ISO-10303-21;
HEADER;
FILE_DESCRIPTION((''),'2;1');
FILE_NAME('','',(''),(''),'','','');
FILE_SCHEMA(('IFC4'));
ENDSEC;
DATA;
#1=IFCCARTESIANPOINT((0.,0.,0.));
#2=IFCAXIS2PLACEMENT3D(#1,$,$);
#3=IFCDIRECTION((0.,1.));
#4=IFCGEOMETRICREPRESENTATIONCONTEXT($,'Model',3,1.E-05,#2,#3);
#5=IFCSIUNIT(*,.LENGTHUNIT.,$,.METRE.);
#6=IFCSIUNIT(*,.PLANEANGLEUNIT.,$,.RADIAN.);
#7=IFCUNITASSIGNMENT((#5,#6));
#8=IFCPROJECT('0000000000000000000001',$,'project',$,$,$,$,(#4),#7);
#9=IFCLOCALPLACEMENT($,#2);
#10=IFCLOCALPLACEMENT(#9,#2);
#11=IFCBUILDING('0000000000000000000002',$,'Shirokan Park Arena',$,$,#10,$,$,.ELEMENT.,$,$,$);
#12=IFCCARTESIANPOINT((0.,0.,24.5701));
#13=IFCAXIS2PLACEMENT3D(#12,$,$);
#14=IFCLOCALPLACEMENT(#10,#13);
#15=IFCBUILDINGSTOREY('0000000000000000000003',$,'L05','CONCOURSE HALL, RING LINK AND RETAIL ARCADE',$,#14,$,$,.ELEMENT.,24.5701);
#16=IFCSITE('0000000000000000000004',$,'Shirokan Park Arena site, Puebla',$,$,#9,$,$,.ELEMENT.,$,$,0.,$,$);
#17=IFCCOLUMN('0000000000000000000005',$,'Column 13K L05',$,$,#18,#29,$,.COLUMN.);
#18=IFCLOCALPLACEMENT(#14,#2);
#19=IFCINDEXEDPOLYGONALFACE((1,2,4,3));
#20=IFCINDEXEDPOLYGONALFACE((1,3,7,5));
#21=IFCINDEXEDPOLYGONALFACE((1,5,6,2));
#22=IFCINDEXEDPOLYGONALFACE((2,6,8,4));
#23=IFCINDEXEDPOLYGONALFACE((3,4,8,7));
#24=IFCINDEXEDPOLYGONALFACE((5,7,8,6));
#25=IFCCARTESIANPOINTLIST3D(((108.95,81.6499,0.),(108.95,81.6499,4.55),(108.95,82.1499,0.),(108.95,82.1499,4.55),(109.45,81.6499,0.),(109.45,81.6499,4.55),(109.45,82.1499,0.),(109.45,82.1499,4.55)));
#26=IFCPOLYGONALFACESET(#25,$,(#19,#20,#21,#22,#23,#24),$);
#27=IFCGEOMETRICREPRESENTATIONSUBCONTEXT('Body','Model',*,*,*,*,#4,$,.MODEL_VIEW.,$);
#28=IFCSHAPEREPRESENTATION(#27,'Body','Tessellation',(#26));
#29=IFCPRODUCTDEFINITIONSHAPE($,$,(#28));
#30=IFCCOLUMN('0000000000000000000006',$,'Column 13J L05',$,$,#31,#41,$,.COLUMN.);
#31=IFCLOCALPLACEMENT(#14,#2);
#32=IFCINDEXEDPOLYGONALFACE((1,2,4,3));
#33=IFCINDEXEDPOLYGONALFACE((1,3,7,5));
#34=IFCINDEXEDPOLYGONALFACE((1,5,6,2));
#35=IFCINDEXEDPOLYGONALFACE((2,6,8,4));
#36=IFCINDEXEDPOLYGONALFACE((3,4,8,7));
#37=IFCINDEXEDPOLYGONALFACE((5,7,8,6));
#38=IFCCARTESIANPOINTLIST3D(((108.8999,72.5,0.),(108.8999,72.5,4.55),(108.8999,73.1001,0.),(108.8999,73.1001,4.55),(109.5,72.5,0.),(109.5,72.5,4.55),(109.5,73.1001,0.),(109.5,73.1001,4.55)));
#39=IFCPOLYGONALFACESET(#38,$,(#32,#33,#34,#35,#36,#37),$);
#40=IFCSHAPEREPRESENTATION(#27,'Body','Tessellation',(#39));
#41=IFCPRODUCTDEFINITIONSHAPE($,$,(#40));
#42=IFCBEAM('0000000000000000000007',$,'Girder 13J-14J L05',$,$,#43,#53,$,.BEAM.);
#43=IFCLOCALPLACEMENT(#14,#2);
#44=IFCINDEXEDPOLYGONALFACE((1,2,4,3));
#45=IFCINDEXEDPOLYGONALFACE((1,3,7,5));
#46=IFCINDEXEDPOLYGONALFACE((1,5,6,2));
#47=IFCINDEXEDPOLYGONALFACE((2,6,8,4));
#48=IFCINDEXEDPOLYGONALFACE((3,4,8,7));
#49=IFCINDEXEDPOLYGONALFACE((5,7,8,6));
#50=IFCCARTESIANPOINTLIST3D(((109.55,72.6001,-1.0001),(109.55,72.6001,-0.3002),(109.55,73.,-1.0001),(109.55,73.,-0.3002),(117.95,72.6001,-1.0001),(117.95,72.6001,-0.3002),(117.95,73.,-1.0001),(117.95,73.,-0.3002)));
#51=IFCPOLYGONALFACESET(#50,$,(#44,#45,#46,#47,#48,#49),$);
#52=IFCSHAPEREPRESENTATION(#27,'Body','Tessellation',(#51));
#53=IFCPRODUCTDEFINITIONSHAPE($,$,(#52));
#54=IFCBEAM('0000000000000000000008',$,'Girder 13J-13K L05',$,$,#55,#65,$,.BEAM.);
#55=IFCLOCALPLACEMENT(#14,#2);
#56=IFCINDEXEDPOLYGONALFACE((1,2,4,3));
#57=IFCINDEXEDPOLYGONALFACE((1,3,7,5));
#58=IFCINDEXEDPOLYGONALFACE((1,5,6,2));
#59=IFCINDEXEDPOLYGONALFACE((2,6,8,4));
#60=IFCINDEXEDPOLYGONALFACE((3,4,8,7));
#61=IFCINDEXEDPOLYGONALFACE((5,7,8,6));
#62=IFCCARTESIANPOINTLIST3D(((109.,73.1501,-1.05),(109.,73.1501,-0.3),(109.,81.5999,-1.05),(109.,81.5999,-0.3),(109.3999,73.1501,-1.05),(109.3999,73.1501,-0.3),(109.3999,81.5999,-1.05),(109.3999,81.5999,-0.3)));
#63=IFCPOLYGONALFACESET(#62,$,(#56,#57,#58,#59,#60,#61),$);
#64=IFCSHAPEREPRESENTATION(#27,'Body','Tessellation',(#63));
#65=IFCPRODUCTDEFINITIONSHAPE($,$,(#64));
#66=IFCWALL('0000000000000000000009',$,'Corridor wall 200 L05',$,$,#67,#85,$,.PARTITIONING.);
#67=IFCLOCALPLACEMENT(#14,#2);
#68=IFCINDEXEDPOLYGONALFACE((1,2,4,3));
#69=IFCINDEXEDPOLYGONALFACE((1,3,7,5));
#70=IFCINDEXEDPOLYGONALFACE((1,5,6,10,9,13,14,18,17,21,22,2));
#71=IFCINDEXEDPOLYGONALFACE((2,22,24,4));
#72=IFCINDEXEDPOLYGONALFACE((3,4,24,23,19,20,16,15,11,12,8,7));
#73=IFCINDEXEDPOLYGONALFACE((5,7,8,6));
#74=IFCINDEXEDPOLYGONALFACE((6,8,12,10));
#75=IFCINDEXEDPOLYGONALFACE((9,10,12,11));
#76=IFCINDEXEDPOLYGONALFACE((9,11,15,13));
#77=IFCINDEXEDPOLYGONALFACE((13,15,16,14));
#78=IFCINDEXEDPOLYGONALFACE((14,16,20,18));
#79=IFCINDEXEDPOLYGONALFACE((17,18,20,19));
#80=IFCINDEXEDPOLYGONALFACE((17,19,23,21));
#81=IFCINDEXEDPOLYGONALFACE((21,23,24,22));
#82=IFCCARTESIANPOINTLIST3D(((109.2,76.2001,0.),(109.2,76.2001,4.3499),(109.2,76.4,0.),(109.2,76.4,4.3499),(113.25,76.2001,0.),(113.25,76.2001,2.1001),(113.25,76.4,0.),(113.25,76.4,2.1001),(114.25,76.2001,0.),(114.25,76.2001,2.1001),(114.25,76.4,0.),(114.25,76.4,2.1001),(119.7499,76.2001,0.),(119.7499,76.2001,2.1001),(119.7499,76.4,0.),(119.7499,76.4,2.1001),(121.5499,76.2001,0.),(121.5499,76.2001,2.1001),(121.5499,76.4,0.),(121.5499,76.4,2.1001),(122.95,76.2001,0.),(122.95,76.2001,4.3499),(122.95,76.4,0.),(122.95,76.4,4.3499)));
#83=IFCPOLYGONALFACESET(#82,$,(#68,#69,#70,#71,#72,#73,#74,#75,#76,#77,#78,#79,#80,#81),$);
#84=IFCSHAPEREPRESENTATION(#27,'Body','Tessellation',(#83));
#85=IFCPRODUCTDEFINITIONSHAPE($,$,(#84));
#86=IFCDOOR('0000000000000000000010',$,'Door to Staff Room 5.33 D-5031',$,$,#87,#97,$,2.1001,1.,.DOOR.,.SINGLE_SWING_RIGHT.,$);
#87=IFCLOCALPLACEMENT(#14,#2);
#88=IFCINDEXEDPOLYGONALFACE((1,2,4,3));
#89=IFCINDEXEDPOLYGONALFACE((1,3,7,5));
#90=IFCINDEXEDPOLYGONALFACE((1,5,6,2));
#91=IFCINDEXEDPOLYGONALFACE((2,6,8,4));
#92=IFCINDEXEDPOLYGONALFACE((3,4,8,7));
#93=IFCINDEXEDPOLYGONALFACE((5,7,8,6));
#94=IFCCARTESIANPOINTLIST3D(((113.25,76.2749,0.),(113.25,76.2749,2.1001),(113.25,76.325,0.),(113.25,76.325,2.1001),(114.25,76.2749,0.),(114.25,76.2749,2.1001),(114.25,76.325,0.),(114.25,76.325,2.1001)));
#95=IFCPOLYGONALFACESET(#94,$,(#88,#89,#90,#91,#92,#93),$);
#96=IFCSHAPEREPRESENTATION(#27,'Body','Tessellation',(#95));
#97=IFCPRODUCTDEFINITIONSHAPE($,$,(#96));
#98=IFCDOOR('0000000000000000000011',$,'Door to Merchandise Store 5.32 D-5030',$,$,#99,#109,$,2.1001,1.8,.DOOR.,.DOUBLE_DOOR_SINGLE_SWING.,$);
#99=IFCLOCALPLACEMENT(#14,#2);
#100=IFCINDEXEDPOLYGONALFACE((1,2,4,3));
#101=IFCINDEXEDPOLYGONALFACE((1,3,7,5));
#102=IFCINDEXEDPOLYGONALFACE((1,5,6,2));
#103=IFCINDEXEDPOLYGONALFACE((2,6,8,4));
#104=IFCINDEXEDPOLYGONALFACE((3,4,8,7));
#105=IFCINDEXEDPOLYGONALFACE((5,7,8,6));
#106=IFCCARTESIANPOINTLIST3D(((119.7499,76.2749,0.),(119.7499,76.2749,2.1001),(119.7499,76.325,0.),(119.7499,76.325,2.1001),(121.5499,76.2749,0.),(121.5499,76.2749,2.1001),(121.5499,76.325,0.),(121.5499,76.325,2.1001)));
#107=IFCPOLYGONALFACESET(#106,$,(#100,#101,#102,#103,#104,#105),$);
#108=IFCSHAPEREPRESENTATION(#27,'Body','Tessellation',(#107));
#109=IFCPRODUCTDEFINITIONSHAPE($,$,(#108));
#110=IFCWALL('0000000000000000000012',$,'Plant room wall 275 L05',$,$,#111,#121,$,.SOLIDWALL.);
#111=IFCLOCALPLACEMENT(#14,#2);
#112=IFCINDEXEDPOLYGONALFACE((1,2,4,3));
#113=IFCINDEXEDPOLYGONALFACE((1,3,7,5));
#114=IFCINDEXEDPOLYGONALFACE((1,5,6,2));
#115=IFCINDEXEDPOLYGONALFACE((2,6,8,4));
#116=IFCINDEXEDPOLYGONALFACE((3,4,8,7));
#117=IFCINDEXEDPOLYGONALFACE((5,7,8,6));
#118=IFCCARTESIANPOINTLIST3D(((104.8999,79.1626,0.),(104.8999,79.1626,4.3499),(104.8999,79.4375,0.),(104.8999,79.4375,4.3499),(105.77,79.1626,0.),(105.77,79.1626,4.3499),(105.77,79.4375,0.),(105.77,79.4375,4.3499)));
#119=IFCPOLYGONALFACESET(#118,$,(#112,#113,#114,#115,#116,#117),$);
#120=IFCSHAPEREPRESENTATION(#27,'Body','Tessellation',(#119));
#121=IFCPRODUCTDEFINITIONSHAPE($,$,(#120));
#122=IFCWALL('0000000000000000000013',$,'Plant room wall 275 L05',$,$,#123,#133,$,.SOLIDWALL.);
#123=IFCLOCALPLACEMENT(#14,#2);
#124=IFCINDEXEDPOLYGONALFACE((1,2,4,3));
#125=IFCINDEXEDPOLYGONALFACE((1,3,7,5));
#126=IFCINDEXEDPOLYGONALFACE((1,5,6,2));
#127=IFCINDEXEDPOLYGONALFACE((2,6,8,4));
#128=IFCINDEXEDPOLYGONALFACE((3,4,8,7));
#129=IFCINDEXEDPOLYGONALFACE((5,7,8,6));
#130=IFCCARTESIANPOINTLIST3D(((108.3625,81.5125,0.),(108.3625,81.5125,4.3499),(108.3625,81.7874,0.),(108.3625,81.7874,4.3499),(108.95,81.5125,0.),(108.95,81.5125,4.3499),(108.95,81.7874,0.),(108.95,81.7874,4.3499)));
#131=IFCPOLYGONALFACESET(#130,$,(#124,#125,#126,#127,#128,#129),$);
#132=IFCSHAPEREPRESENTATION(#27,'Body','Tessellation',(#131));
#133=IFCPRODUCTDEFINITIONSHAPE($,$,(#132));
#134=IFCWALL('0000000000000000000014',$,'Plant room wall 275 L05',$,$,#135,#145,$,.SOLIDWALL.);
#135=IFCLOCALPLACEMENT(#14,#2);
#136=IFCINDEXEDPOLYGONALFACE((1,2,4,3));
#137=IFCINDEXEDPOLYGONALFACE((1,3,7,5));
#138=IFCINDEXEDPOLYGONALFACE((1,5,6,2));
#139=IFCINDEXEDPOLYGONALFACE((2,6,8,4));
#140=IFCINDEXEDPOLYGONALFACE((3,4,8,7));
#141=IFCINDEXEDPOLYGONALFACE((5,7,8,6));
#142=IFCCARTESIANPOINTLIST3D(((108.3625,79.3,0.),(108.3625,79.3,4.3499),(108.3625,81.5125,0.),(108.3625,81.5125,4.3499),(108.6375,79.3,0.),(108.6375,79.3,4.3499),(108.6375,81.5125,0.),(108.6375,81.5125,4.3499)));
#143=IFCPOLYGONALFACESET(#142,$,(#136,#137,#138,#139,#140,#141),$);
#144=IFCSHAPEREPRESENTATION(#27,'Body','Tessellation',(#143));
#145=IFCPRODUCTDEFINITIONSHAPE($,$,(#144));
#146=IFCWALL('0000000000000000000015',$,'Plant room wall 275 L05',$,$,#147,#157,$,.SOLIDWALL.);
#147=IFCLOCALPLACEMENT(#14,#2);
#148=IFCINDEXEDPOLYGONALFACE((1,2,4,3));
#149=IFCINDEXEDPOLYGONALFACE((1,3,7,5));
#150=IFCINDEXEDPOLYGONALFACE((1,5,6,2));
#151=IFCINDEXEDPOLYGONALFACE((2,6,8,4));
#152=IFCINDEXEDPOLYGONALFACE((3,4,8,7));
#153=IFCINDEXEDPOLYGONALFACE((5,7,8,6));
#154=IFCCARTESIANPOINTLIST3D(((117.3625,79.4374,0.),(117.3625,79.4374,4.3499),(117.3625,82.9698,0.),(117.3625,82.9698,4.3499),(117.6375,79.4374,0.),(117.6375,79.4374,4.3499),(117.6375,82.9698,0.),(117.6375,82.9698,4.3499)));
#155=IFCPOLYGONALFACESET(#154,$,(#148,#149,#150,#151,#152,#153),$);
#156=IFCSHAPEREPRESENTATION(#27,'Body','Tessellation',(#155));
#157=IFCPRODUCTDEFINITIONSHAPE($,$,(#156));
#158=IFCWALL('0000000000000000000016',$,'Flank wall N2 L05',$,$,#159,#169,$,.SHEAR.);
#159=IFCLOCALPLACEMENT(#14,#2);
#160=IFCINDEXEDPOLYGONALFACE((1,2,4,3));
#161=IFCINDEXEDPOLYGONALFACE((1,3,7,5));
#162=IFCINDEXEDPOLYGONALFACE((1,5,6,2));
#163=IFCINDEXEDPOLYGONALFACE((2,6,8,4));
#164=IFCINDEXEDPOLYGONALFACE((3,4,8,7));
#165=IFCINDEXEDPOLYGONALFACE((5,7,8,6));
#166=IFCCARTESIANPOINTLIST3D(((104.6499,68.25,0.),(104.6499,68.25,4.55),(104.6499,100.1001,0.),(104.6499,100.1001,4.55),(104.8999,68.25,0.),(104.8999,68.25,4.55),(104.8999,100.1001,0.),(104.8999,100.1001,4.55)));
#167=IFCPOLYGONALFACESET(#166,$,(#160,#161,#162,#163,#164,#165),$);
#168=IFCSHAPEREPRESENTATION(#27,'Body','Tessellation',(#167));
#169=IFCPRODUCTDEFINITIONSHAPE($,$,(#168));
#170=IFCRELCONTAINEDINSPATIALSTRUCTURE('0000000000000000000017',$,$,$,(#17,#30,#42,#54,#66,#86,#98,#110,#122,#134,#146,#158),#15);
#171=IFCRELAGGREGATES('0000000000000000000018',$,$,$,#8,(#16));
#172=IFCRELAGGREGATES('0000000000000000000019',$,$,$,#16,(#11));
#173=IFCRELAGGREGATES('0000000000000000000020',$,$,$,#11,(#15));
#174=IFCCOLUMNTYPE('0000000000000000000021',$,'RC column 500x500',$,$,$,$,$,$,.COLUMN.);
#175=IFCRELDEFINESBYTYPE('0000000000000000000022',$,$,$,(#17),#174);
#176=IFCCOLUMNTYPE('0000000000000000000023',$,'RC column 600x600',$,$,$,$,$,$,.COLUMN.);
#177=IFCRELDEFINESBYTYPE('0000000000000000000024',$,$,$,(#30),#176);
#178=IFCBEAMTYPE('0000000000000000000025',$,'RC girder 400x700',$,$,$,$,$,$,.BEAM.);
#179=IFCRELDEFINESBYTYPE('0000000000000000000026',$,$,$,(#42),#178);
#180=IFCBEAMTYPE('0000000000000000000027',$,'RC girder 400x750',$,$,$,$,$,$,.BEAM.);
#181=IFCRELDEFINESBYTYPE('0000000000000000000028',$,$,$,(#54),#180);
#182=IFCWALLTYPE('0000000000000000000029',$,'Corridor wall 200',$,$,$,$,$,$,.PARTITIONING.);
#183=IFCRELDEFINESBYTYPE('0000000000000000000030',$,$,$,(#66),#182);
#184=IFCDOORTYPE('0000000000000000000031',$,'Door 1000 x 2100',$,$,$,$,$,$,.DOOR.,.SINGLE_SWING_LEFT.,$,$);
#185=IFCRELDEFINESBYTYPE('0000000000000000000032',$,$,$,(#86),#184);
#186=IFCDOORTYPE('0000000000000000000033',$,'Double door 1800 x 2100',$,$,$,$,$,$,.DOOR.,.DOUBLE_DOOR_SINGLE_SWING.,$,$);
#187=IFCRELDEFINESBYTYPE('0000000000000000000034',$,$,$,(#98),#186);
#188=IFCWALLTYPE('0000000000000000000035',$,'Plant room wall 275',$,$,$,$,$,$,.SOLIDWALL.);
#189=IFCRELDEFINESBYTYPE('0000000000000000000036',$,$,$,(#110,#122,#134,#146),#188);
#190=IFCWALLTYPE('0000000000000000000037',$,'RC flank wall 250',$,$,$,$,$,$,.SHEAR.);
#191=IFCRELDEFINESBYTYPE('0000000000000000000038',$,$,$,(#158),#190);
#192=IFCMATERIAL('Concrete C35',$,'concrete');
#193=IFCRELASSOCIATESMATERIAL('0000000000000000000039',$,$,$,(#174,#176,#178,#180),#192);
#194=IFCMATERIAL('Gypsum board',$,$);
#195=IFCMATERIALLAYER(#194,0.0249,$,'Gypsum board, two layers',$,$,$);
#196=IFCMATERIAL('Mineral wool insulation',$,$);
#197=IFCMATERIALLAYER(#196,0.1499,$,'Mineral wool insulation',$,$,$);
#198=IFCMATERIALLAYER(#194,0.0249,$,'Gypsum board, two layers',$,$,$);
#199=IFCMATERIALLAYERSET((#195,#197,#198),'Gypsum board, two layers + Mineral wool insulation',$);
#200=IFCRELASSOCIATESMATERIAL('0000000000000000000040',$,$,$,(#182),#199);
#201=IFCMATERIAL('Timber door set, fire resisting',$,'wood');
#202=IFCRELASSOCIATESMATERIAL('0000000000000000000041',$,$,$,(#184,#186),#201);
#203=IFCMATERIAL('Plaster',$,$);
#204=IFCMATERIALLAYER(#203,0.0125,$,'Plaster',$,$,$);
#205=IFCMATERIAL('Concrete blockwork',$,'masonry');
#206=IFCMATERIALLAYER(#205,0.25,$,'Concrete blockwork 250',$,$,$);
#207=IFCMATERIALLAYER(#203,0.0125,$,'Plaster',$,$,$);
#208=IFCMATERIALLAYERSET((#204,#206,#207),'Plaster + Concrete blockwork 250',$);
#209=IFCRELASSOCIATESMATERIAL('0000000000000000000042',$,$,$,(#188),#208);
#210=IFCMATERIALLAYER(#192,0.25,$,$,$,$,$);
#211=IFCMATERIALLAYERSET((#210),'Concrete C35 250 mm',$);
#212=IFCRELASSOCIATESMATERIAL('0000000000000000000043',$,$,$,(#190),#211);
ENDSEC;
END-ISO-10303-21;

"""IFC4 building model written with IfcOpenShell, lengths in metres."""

from ifc_helpers import new_model, si_unit, direction, frame, frame_2d, origin, origin_2d, place, context, subcontext, project, spatial, rectangle, extrude, material, layer, layer_set, material_profile, profile_set, type_object, element, fill, save


model = new_model("IFC4")

# Units and contexts
model_context = context("Model", 3, precision=1e-05, world=origin(), true_north=direction((0.0, 1.0)))
body_context = subcontext(model_context, "Body", "Model", "MODEL_VIEW")
ifc_project = project(units=[si_unit("LENGTHUNIT", "METRE"), si_unit("PLANEANGLEUNIT", "RADIAN")], contexts=[model_context])

# Site, building, storey
site_placement = place(None, origin())
site = spatial("IfcSite", under=ifc_project, at=site_placement, Name="Shirokan Park Arena site, Puebla", CompositionType="ELEMENT", RefElevation=0.0)
building_placement = place(site_placement, origin())
building = spatial("IfcBuilding", under=site, at=building_placement, Name="Shirokan Park Arena", CompositionType="ELEMENT")
storey_placement = place(building_placement, frame((0.0, 0.0, 24.5701)))
storey = spatial("IfcBuildingStorey", under=building, at=storey_placement, Name="L05", Description="CONCOURSE HALL, RING LINK AND RETAIL ARCADE", CompositionType="ELEMENT", Elevation=24.5701)

# Columns
ifc_material_1 = material(Name="Concrete C35", Category="concrete")
ifc_material_profile_1 = material_profile(ifc_material_1, rectangle(XDim=0.5, YDim=0.5, at=origin_2d()), Name="500x500")
ifc_profile_set_1 = profile_set([ifc_material_profile_1], Name="Concrete C35")
column_type_1 = type_object("IfcColumnType", Name="RC column 500x500", PredefinedType="COLUMN", material=ifc_profile_set_1)
column_1_placement = place(storey_placement, frame((109.2, 81.8999, 0.0), z_axis=(0.0, 0.0, 1.0), x_axis=(1.0, 0.0, 0.0)))
element("IfcColumn", 1, at=column_1_placement, inside=storey, type_object=column_type_1, Name="Column 13K L05", PredefinedType="COLUMN", context=body_context, shape_type="SweptSolid", body=[
    extrude(rectangle(XDim=0.5, YDim=0.5, at=origin_2d()), origin(), (0.0, 0.0, 1.0), 4.55),
])
ifc_material_profile_2 = material_profile(ifc_material_1, rectangle(XDim=0.6001, YDim=0.6001, at=origin_2d()), Name="600x600")
ifc_profile_set_2 = profile_set([ifc_material_profile_2], Name="Concrete C35")
column_type_2 = type_object("IfcColumnType", Name="RC column 600x600", PredefinedType="COLUMN", material=ifc_profile_set_2)
column_2_placement = place(storey_placement, frame((109.2, 72.8, 0.0), z_axis=(0.0, 0.0, 1.0), x_axis=(1.0, 0.0, 0.0)))
element("IfcColumn", 2, at=column_2_placement, inside=storey, type_object=column_type_2, Name="Column 13J L05", PredefinedType="COLUMN", context=body_context, shape_type="SweptSolid", body=[
    extrude(rectangle(XDim=0.6001, YDim=0.6001, at=origin_2d()), origin(), (0.0, 0.0, 1.0), 4.55),
])

# Beams
ifc_material_profile_3 = material_profile(ifc_material_1, rectangle(XDim=0.3999, YDim=0.7, at=origin_2d()), Name="400x700")
ifc_profile_set_3 = profile_set([ifc_material_profile_3], Name="Concrete C35")
beam_type_1 = type_object("IfcBeamType", Name="RC girder 400x700", PredefinedType="BEAM", material=ifc_profile_set_3)
beam_1_placement = place(storey_placement, frame((109.55, 72.8, -0.6501), z_axis=(1.0, 0.0, 0.0), x_axis=(0.0, 1.0, 0.0)))
element("IfcBeam", 3, at=beam_1_placement, inside=storey, type_object=beam_type_1, Name="Girder 13J-14J L05", PredefinedType="BEAM", context=body_context, shape_type="SweptSolid", body=[
    extrude(rectangle(XDim=0.3999, YDim=0.7, at=origin_2d()), origin(), (0.0, 0.0, 1.0), 8.3999),
])
ifc_material_profile_4 = material_profile(ifc_material_1, rectangle(XDim=0.3999, YDim=0.75, at=origin_2d()), Name="400x750")
ifc_profile_set_4 = profile_set([ifc_material_profile_4], Name="Concrete C35")
beam_type_2 = type_object("IfcBeamType", Name="RC girder 400x750", PredefinedType="BEAM", material=ifc_profile_set_4)
beam_2_placement = place(storey_placement, frame((109.2, 73.1501, -0.675), z_axis=(0.0, 1.0, 0.0), x_axis=(-1.0, 0.0, 0.0)))
element("IfcBeam", 4, at=beam_2_placement, inside=storey, type_object=beam_type_2, Name="Girder 13J-13K L05", PredefinedType="BEAM", context=body_context, shape_type="SweptSolid", body=[
    extrude(rectangle(XDim=0.3999, YDim=0.75, at=origin_2d()), origin(), (0.0, 0.0, 1.0), 8.4497),
])

# Wall, openings, doors
ifc_material_2 = material(Name="Gypsum board")
ifc_layer_1 = layer(ifc_material_2, 0.0249, Name="Gypsum board, two layers")
ifc_material_3 = material(Name="Mineral wool insulation")
ifc_layer_2 = layer(ifc_material_3, 0.1499, Name="Mineral wool insulation")
ifc_layer_3 = layer(ifc_material_2, 0.0249, Name="Gypsum board, two layers")
ifc_layer_set_1 = layer_set([ifc_layer_1, ifc_layer_2, ifc_layer_3], Name="Gypsum board, two layers + Mineral wool insulation")
wall_type_1 = type_object("IfcWallType", Name="Corridor wall 200", PredefinedType="PARTITIONING", material=ifc_layer_set_1)
wall_1_placement = place(storey_placement, frame((109.2, 76.3, 0.0), z_axis=(0.0, 0.0, 1.0), x_axis=(1.0, 0.0, 0.0)))
wall_1 = element("IfcWall", 5, at=wall_1_placement, inside=storey, type_object=wall_type_1, Name="Corridor wall 200 L05", PredefinedType="PARTITIONING", context=body_context, shape_type="SweptSolid", body=[
    extrude(rectangle(XDim=13.75, YDim=0.2, at=frame_2d((6.875, 0.0))), origin(), (0.0, 0.0, 1.0), 4.3499),
])
opening_1_placement = place(wall_1_placement, frame((10.55, 0.0, 0.0)))
opening_1 = element("IfcOpeningElement", 6, at=opening_1_placement, cuts=wall_1, PredefinedType="OPENING", context=body_context, shape_type="SweptSolid", body=[
    extrude(rectangle(XDim=1.8, YDim=2.1001, at=frame_2d((0.8999, 1.05))), frame((0.0, 0.1099, 0.0), z_axis=(0.0, -1.0, 0.0), x_axis=(1.0, 0.0, 0.0)), (0.0, 0.0, 1.0), 0.22),
])
opening_2_placement = place(wall_1_placement, frame((4.05, 0.0, 0.0)))
opening_2 = element("IfcOpeningElement", 7, at=opening_2_placement, cuts=wall_1, PredefinedType="OPENING", context=body_context, shape_type="SweptSolid", body=[
    extrude(rectangle(XDim=1.0, YDim=2.1001, at=frame_2d((0.5, 1.05))), frame((0.0, 0.1099, 0.0), z_axis=(0.0, -1.0, 0.0), x_axis=(1.0, 0.0, 0.0)), (0.0, 0.0, 1.0), 0.22),
])
ifc_material_4 = material(Name="Timber door set, fire resisting", Category="wood")
door_type_1 = type_object("IfcDoorType", Name="Door 1000 x 2100", OperationType="SINGLE_SWING_LEFT", PredefinedType="DOOR", material=ifc_material_4)
door_1_placement = place(opening_2_placement, origin())
door_1 = element("IfcDoor", 8, at=door_1_placement, inside=storey, type_object=door_type_1, Name="Door to Staff Room 5.33 D-5031", OperationType="SINGLE_SWING_RIGHT", OverallHeight=2.1001, OverallWidth=1.0, PredefinedType="DOOR", context=body_context, shape_type="SweptSolid", body=[
    extrude(rectangle(XDim=1.0, YDim=2.1001, at=frame_2d((0.5, 1.05))), frame((0.0, 0.0249, 0.0), z_axis=(0.0, -1.0, 0.0), x_axis=(1.0, 0.0, 0.0)), (0.0, 0.0, 1.0), 0.05),
])
fill(opening_2, door_1)
door_type_2 = type_object("IfcDoorType", Name="Double door 1800 x 2100", OperationType="DOUBLE_DOOR_SINGLE_SWING", PredefinedType="DOOR", material=ifc_material_4)
door_2_placement = place(opening_1_placement, origin())
door_2 = element("IfcDoor", 9, at=door_2_placement, inside=storey, type_object=door_type_2, Name="Door to Merchandise Store 5.32 D-5030", OperationType="DOUBLE_DOOR_SINGLE_SWING", OverallHeight=2.1001, OverallWidth=1.8, PredefinedType="DOOR", context=body_context, shape_type="SweptSolid", body=[
    extrude(rectangle(XDim=1.8, YDim=2.1001, at=frame_2d((0.8999, 1.05))), frame((0.0, 0.0249, 0.0), z_axis=(0.0, -1.0, 0.0), x_axis=(1.0, 0.0, 0.0)), (0.0, 0.0, 1.0), 0.05),
])
fill(opening_1, door_2)

# Walls
ifc_material_5 = material(Name="Plaster")
ifc_layer_4 = layer(ifc_material_5, 0.0125, Name="Plaster")
ifc_material_6 = material(Name="Concrete blockwork", Category="masonry")
ifc_layer_5 = layer(ifc_material_6, 0.25, Name="Concrete blockwork 250")
ifc_layer_6 = layer(ifc_material_5, 0.0125, Name="Plaster")
ifc_layer_set_2 = layer_set([ifc_layer_4, ifc_layer_5, ifc_layer_6], Name="Plaster + Concrete blockwork 250")
wall_type_2 = type_object("IfcWallType", Name="Plant room wall 275", PredefinedType="SOLIDWALL", material=ifc_layer_set_2)
wall_2_placement = place(storey_placement, frame((105.77, 79.3, 0.0), z_axis=(0.0, 0.0, 1.0), x_axis=(-1.0, 0.0, 0.0)))
element("IfcWall", 10, at=wall_2_placement, inside=storey, type_object=wall_type_2, Name="Plant room wall 275 L05", PredefinedType="SOLIDWALL", context=body_context, shape_type="SweptSolid", body=[
    extrude(rectangle(XDim=0.8701, YDim=0.2749, at=frame_2d((0.4351, 0.0))), origin(), (0.0, 0.0, 1.0), 4.3499),
])
wall_3_placement = place(storey_placement, frame((108.3625, 81.6499, 0.0), z_axis=(0.0, 0.0, 1.0), x_axis=(1.0, 0.0, 0.0)))
element("IfcWall", 11, at=wall_3_placement, inside=storey, type_object=wall_type_2, Name="Plant room wall 275 L05", PredefinedType="SOLIDWALL", context=body_context, shape_type="SweptSolid", body=[
    extrude(rectangle(XDim=0.5874, YDim=0.2749, at=frame_2d((0.2937, 0.0))), origin(), (0.0, 0.0, 1.0), 4.3499),
])
wall_4_placement = place(storey_placement, frame((108.5, 79.3, 0.0), z_axis=(0.0, 0.0, 1.0), x_axis=(0.0, 1.0, 0.0)))
element("IfcWall", 12, at=wall_4_placement, inside=storey, type_object=wall_type_2, Name="Plant room wall 275 L05", PredefinedType="SOLIDWALL", context=body_context, shape_type="SweptSolid", body=[
    extrude(rectangle(XDim=2.2124, YDim=0.2749, at=frame_2d((1.1062, 0.0))), origin(), (0.0, 0.0, 1.0), 4.3499),
])
wall_5_placement = place(storey_placement, frame((117.5, 79.4375, 0.0), z_axis=(0.0, 0.0, 1.0), x_axis=(0.0, 1.0, 0.0)))
element("IfcWall", 13, at=wall_5_placement, inside=storey, type_object=wall_type_2, Name="Plant room wall 275 L05", PredefinedType="SOLIDWALL", context=body_context, shape_type="SweptSolid", body=[
    extrude(rectangle(XDim=3.5325, YDim=0.2749, at=frame_2d((1.7661, 0.0))), origin(), (0.0, 0.0, 1.0), 4.3499),
])
ifc_layer_7 = layer(ifc_material_1, 0.25)
ifc_layer_set_3 = layer_set([ifc_layer_7], Name="Concrete C35 250 mm")
wall_type_3 = type_object("IfcWallType", Name="RC flank wall 250", PredefinedType="SHEAR", material=ifc_layer_set_3)
for number, where, z_axis, x_axis, name in (
    (14, (104.7749, 68.25, 0.0), (0.0, 0.0, 1.0), (0.0, 1.0, 0.0), "Flank wall N2 L05"),
):
    element("IfcWall", number, at=place(storey_placement, frame(where, z_axis=z_axis, x_axis=x_axis)), inside=storey, type_object=wall_type_3, Name=name, PredefinedType="SHEAR", context=body_context, shape_type="SweptSolid", body=[
        extrude(rectangle(XDim=31.8501, YDim=0.25, at=frame_2d((15.925, 0.0))), origin(), (0.0, 0.0, 1.0), 4.55),
    ])

save(model, "model.ifc")
